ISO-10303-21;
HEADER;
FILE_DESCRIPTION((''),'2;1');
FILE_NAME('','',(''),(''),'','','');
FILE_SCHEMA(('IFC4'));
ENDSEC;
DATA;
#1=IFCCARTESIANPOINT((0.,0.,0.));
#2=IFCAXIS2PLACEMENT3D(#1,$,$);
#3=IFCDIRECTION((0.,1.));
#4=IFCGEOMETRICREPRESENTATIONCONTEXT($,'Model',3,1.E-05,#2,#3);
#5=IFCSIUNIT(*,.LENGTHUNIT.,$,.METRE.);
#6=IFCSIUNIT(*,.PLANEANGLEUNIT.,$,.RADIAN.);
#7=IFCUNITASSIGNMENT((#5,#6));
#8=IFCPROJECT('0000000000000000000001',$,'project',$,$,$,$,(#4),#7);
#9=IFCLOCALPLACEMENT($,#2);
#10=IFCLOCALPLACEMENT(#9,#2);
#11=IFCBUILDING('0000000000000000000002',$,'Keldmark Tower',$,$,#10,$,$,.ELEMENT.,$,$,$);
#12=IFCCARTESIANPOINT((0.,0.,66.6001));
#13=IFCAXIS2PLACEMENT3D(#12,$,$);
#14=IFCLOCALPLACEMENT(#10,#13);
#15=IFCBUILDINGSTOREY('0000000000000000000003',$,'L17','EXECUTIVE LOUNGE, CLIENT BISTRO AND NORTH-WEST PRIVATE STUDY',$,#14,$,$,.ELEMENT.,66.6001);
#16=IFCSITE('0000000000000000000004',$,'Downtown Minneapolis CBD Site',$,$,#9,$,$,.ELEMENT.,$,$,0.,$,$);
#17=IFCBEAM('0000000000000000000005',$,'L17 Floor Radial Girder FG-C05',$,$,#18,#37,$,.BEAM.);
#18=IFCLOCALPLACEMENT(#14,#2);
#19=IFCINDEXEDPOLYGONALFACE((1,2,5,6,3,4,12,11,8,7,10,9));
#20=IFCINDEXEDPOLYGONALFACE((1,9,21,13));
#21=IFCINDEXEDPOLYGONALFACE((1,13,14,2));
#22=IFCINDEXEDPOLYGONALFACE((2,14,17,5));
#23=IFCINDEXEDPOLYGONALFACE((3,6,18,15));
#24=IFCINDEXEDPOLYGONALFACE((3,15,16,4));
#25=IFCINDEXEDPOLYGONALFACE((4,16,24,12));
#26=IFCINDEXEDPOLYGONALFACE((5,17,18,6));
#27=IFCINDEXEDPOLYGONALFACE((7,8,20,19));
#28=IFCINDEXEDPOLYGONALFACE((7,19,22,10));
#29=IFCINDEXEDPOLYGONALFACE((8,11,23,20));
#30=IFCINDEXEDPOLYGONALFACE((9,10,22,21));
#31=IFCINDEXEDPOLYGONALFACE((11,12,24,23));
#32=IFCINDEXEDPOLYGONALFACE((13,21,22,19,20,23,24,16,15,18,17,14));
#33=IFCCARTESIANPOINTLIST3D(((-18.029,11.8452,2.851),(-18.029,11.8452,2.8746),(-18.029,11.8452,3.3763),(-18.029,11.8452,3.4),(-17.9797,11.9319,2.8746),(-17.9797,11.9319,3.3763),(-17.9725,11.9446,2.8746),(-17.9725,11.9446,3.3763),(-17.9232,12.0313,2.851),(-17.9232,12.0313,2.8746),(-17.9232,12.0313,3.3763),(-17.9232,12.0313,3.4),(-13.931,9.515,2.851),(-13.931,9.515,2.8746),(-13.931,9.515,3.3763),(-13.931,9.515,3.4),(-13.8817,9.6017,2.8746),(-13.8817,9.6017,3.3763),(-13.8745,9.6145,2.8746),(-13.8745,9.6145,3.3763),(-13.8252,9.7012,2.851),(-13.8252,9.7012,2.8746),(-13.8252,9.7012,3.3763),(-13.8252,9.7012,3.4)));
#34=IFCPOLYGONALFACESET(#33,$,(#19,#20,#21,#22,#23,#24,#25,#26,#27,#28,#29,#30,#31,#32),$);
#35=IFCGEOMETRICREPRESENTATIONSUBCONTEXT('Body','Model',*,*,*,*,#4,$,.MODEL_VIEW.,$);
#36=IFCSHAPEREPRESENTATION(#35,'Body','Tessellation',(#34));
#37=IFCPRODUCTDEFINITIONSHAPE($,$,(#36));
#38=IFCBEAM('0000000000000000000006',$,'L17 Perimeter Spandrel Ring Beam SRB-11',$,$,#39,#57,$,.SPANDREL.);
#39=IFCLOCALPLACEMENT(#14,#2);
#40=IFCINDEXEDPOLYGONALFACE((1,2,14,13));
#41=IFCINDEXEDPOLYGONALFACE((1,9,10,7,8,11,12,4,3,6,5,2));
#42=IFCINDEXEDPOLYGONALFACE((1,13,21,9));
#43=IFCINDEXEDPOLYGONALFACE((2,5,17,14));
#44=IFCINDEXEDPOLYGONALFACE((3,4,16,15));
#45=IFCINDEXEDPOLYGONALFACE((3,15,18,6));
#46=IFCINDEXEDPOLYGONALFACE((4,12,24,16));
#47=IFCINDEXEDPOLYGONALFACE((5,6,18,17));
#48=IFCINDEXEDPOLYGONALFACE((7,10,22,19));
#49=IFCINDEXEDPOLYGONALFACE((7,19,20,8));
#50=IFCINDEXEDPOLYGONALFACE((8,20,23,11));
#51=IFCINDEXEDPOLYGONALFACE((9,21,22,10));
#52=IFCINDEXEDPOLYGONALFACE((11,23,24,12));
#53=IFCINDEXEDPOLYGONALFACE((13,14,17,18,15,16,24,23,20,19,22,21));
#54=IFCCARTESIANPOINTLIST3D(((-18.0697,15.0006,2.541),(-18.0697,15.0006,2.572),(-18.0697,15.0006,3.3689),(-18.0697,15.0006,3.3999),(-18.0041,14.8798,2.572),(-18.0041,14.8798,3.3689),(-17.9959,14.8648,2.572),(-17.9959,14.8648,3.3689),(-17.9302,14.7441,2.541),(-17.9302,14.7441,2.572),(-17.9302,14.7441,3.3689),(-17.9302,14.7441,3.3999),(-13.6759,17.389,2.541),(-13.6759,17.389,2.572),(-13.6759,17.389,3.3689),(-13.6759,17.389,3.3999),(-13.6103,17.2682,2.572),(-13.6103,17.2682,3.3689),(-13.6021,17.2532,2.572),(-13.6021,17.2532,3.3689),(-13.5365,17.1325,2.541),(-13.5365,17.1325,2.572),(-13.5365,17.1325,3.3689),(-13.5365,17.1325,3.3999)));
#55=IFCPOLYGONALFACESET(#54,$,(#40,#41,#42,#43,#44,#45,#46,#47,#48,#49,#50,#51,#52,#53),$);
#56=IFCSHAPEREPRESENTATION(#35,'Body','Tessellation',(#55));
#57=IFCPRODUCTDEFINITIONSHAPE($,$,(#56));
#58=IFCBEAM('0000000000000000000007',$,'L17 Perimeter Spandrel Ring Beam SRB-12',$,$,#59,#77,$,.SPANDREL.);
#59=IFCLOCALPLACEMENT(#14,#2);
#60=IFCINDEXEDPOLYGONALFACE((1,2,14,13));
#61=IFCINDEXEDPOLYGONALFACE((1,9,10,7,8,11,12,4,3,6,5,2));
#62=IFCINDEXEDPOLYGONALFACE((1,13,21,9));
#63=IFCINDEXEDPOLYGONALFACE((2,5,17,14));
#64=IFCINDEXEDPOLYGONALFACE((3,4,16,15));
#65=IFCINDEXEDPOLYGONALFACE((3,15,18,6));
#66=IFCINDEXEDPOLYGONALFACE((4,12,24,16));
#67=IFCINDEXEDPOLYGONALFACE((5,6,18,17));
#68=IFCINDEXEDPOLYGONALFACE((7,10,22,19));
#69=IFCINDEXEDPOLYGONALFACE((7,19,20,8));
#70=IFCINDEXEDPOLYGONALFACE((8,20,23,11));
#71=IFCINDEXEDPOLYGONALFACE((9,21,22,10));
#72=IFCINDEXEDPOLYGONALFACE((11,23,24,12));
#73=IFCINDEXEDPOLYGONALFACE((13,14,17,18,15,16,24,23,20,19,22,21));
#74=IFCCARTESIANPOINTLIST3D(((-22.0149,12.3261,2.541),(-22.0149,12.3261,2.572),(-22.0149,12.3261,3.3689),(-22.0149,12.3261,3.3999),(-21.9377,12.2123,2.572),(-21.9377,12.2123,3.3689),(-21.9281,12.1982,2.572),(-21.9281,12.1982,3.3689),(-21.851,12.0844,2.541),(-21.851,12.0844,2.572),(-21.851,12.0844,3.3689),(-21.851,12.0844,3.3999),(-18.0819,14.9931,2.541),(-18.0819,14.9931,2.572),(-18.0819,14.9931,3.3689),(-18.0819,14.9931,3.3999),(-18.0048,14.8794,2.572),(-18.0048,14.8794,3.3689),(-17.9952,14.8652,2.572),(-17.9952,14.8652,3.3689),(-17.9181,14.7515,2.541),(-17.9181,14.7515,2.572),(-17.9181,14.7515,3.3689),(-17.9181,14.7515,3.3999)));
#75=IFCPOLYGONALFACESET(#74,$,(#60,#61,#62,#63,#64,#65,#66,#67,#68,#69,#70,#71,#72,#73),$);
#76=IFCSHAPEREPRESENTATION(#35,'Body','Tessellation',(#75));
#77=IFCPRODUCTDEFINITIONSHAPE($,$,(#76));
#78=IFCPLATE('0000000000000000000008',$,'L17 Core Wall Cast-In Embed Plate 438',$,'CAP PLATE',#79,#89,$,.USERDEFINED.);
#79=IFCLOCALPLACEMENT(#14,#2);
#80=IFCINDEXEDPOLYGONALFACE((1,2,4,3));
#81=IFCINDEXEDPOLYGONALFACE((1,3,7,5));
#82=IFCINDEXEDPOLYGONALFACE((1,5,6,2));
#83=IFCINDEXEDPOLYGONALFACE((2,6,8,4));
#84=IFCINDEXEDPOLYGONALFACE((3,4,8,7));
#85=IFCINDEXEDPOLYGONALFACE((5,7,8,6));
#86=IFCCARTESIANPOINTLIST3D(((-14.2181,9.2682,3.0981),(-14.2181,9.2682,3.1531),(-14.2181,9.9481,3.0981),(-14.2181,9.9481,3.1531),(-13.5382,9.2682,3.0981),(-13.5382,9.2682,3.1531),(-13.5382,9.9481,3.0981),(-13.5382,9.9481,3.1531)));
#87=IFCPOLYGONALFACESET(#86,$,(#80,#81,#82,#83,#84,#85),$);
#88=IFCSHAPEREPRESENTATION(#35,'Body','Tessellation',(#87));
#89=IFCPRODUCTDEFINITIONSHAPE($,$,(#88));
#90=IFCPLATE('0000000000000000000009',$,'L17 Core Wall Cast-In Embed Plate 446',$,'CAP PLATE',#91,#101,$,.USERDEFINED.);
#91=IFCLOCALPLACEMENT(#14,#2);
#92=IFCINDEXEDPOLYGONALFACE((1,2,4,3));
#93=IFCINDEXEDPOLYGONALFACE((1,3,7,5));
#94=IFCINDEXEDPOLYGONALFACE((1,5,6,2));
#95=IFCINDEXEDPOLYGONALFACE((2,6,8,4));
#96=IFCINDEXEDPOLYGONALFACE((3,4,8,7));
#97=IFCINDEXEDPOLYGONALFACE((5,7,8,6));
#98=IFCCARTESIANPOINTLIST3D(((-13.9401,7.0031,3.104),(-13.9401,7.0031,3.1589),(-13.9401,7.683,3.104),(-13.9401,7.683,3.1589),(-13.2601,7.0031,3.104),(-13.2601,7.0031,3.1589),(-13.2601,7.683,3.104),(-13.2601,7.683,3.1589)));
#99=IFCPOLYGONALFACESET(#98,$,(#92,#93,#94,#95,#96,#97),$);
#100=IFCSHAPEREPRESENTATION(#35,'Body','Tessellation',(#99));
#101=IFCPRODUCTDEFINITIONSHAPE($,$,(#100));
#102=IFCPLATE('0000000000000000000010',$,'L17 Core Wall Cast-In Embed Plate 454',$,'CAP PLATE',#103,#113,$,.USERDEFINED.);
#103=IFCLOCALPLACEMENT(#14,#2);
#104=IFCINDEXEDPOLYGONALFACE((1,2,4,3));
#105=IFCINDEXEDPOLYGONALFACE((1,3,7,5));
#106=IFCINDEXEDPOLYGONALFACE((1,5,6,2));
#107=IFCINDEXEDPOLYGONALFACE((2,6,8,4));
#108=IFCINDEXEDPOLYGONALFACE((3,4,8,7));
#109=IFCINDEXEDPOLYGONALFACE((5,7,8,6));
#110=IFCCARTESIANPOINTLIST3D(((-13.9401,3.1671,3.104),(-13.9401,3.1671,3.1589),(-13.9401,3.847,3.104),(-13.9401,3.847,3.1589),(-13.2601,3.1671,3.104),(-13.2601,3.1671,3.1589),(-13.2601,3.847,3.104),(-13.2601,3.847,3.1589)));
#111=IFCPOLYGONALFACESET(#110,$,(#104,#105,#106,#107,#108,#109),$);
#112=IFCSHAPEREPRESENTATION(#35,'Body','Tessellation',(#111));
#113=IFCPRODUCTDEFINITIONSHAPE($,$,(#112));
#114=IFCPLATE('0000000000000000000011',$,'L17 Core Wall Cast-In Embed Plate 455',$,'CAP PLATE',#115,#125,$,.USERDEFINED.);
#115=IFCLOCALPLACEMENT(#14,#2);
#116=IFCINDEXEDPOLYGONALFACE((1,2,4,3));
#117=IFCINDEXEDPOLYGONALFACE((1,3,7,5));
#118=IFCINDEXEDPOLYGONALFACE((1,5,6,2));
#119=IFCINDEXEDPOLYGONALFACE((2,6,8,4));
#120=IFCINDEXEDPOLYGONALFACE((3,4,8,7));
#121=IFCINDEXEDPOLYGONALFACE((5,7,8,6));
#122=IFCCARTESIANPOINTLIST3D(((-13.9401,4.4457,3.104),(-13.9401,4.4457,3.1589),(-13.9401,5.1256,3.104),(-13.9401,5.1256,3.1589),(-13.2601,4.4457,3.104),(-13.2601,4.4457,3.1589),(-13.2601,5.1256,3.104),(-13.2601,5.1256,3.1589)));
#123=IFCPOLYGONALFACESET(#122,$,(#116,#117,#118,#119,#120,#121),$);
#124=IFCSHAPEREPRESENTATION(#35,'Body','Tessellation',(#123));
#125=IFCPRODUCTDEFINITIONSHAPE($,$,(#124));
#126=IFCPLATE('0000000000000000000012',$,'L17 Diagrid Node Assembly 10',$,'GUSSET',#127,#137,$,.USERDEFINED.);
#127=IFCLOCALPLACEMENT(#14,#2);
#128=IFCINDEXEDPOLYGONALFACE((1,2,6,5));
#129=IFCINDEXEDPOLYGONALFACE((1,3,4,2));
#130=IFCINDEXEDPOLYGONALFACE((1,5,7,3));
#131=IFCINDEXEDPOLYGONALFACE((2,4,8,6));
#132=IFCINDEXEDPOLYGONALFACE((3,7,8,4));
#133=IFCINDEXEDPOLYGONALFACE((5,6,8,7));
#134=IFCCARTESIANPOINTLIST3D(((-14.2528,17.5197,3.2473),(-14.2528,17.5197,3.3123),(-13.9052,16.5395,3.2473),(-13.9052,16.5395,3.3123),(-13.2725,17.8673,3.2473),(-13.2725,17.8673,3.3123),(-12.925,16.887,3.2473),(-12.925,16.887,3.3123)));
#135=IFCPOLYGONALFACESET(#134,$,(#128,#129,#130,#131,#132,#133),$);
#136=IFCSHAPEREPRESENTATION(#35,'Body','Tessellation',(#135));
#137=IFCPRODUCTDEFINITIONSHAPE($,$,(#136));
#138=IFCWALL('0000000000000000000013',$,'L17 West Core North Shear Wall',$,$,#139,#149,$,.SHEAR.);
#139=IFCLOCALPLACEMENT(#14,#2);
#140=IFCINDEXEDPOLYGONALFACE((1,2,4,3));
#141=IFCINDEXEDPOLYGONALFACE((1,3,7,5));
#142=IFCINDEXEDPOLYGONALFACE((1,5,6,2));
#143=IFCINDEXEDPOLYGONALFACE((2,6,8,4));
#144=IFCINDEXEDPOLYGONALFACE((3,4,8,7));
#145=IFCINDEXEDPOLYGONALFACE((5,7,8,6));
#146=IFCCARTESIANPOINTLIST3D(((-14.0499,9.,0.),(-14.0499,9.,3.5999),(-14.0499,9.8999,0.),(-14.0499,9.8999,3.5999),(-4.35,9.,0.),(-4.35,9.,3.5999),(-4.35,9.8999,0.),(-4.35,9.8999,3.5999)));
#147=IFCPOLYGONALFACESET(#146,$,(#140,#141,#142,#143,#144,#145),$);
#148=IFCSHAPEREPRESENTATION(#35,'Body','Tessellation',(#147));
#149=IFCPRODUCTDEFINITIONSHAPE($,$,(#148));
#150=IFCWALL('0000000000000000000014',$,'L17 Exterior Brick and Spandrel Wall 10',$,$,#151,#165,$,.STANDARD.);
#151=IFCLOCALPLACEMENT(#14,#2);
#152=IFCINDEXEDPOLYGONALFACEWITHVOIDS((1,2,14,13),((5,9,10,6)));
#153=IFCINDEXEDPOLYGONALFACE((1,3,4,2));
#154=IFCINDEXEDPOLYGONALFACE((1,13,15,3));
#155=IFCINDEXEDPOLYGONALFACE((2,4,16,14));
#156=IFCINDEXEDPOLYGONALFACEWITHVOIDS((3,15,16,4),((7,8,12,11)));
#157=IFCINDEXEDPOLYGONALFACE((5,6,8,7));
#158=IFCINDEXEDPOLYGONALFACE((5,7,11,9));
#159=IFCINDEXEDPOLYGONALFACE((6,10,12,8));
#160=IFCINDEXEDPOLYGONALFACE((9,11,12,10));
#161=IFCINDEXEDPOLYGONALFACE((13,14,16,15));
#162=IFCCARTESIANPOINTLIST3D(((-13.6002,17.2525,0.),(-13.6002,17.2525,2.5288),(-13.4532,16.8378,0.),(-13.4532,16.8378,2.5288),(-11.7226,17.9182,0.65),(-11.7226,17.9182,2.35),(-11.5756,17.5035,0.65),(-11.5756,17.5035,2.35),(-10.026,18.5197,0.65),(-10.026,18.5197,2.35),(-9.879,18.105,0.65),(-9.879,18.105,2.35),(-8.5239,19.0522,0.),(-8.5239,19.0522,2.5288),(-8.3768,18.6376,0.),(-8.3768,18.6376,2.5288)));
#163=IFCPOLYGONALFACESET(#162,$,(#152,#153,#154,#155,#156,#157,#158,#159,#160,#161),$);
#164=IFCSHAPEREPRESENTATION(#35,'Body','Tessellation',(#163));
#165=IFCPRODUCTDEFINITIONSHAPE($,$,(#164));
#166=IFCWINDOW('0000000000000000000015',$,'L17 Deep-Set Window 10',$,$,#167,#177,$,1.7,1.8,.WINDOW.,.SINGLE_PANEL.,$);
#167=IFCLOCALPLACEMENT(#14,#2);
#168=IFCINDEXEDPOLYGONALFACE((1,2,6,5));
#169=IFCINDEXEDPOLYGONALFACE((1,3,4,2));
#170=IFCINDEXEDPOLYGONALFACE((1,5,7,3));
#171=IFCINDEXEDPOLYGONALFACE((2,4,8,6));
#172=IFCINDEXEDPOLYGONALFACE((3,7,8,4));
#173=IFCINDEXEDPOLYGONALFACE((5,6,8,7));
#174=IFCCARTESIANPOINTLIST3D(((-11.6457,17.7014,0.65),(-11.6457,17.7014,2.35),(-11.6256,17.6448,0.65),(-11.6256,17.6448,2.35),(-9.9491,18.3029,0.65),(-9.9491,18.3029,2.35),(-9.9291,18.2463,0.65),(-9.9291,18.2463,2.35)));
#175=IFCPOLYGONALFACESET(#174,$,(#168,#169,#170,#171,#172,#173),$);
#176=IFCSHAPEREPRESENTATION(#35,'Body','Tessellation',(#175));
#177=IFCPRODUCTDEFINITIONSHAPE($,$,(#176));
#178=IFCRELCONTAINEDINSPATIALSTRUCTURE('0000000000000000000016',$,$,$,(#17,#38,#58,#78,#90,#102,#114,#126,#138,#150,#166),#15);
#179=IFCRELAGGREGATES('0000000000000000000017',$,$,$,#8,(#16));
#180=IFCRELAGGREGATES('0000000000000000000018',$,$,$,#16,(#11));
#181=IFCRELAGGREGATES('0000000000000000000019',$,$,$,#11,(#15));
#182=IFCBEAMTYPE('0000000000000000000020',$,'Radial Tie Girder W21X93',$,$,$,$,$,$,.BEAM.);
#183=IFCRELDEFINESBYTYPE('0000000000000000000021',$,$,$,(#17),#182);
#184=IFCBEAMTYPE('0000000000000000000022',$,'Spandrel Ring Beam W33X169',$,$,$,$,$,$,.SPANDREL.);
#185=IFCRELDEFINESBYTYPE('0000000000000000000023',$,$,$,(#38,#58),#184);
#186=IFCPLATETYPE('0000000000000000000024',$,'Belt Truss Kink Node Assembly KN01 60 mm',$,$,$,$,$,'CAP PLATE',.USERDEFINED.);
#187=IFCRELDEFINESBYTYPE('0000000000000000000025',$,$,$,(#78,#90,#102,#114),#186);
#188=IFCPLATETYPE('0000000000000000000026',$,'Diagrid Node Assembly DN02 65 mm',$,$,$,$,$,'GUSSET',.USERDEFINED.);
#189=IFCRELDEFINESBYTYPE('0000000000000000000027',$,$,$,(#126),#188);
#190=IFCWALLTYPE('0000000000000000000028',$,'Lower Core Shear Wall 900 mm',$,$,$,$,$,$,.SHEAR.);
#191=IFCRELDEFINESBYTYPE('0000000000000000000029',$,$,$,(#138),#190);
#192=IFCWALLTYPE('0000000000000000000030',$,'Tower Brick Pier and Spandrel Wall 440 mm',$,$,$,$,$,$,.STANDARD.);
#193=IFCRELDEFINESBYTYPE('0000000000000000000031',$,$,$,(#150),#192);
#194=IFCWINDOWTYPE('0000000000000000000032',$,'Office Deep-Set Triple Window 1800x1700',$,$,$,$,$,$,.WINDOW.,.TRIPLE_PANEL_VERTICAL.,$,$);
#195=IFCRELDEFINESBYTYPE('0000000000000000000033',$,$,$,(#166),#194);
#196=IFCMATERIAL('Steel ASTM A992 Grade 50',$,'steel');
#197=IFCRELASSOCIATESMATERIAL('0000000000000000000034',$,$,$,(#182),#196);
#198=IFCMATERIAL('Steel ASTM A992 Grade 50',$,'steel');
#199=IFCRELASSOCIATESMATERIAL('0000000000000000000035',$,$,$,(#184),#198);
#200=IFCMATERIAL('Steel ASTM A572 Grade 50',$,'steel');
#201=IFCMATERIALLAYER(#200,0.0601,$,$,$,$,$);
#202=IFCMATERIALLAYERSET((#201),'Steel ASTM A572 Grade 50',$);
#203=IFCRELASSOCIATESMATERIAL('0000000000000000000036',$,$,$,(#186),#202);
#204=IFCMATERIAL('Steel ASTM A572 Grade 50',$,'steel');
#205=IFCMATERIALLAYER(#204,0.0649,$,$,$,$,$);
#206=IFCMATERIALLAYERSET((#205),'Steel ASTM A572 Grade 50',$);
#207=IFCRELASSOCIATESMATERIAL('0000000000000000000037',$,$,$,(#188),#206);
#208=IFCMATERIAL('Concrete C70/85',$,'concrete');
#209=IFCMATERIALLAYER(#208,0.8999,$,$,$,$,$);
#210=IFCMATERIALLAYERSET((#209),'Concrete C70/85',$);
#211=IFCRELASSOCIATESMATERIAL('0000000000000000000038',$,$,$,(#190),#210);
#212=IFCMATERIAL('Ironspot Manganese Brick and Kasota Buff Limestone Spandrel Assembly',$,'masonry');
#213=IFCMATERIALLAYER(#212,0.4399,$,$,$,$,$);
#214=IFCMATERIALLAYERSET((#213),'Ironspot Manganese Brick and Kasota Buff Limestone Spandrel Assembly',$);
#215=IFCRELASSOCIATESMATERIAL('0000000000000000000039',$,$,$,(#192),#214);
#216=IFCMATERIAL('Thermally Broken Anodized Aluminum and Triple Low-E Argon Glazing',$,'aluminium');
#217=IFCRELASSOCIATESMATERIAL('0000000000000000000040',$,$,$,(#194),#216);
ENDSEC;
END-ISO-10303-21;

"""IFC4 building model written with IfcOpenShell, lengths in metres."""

from ifc_helpers import new_model, si_unit, direction, frame, frame_2d, origin, origin_2d, place, context, subcontext, project, spatial, rectangle, i_section, extrude, material, layer, layer_set, material_profile, profile_set, type_object, element, fill, save


model = new_model("IFC4")

# Units and contexts
model_context = context("Model", 3, precision=1e-05, world=origin(), true_north=direction((0.0, 1.0)))
body_context = subcontext(model_context, "Body", "Model", "MODEL_VIEW")
ifc_project = project(units=[si_unit("LENGTHUNIT", "METRE"), si_unit("PLANEANGLEUNIT", "RADIAN")], contexts=[model_context])

# Site, building, storey
site_placement = place(None, origin())
site = spatial("IfcSite", under=ifc_project, at=site_placement, Name="Downtown Minneapolis CBD Site", CompositionType="ELEMENT", RefElevation=0.0)
building_placement = place(site_placement, origin())
building = spatial("IfcBuilding", under=site, at=building_placement, Name="Keldmark Tower", CompositionType="ELEMENT")
storey_placement = place(building_placement, frame((0.0, 0.0, 66.6001)))
storey = spatial("IfcBuildingStorey", under=building, at=storey_placement, Name="L17", Description="EXECUTIVE LOUNGE, CLIENT BISTRO AND NORTH-WEST PRIVATE STUDY", CompositionType="ELEMENT", Elevation=66.6001)

# Beams
ifc_material_1 = material(Name="Steel ASTM A992 Grade 50", Category="steel")
ifc_material_profile_1 = material_profile(ifc_material_1, i_section(OverallWidth=0.2141, OverallDepth=0.5491, WebThickness=0.0146, FlangeThickness=0.0237, at=origin_2d()), Name="W21X93")
ifc_profile_set_1 = profile_set([ifc_material_profile_1], Name="Steel ASTM A992 Grade 50")
beam_type_1 = type_object("IfcBeamType", Name="Radial Tie Girder W21X93", PredefinedType="BEAM", material=ifc_profile_set_1)
beam_1_placement = place(storey_placement, frame((-17.9761, 11.9382, 3.1255), z_axis=(0.869299, -0.494286, 0.0), x_axis=(0.494286, 0.869299, 0.0)))
element("IfcBeam", 1, at=beam_1_placement, inside=storey, type_object=beam_type_1, Name="L17 Floor Radial Girder FG-C05", PredefinedType="BEAM", context=body_context, shape_type="SweptSolid", body=[
    extrude(i_section(OverallWidth=0.2141, OverallDepth=0.5491, WebThickness=0.0146, FlangeThickness=0.0237, at=origin_2d()), origin(), (0.0, 0.0, 1.0), 4.7141),
])
ifc_material_2 = material(Name="Steel ASTM A992 Grade 50", Category="steel")
ifc_material_profile_2 = material_profile(ifc_material_2, i_section(OverallWidth=0.292, OverallDepth=0.8589, WebThickness=0.0171, FlangeThickness=0.031, at=origin_2d()), Name="W33X169")
ifc_profile_set_2 = profile_set([ifc_material_profile_2], Name="Steel ASTM A992 Grade 50")
beam_type_2 = type_object("IfcBeamType", Name="Spandrel Ring Beam W33X169", PredefinedType="SPANDREL", material=ifc_profile_set_2)
beam_2_placement = place(storey_placement, frame((-13.6062, 17.2607, 2.9705), z_axis=(-0.878583, -0.47759, 0.0), x_axis=(0.47759, -0.878583, 0.0)))
element("IfcBeam", 2, at=beam_2_placement, inside=storey, type_object=beam_type_2, Name="L17 Perimeter Spandrel Ring Beam SRB-11", PredefinedType="SPANDREL", context=body_context, shape_type="SweptSolid", body=[
    extrude(i_section(OverallWidth=0.292, OverallDepth=0.8589, WebThickness=0.0171, FlangeThickness=0.031, at=origin_2d()), origin(), (0.0, 0.0, 1.0), 5.001),
])
beam_3_placement = place(storey_placement, frame((-18.0, 14.8723, 2.9705), z_axis=(-0.827645, -0.561251, 0.0), x_axis=(0.561251, -0.827645, 0.0)))
element("IfcBeam", 3, at=beam_3_placement, inside=storey, type_object=beam_type_2, Name="L17 Perimeter Spandrel Ring Beam SRB-12", PredefinedType="SPANDREL", context=body_context, shape_type="SweptSolid", body=[
    extrude(i_section(OverallWidth=0.292, OverallDepth=0.8589, WebThickness=0.0171, FlangeThickness=0.031, at=origin_2d()), origin(), (0.0, 0.0, 1.0), 4.752),
])

# Plates
ifc_material_3 = material(Name="Steel ASTM A572 Grade 50", Category="steel")
ifc_layer_1 = layer(ifc_material_3, 0.0601)
ifc_layer_set_1 = layer_set([ifc_layer_1], Name="Steel ASTM A572 Grade 50")
plate_type_1 = type_object("IfcPlateType", Name="Belt Truss Kink Node Assembly KN01 60 mm", ElementType="CAP PLATE", PredefinedType="USERDEFINED", material=ifc_layer_set_1)
for number, where, z_axis, x_axis, name in (
    (4, (-13.8782, 9.6082, 3.0981), (0.0, 0.0, 1.0), (1.0, 0.0, 0.0), "L17 Core Wall Cast-In Embed Plate 438"),
    (5, (-13.6001, 7.343, 3.104), (0.0, 0.0, 1.0), (1.0, 0.0, 0.0), "L17 Core Wall Cast-In Embed Plate 446"),
    (6, (-13.6001, 3.5071, 3.104), (0.0, 0.0, 1.0), (1.0, 0.0, 0.0), "L17 Core Wall Cast-In Embed Plate 454"),
    (7, (-13.6001, 4.7856, 3.104), (0.0, 0.0, 1.0), (1.0, 0.0, 0.0), "L17 Core Wall Cast-In Embed Plate 455"),
):
    element("IfcPlate", number, at=place(storey_placement, frame(where, z_axis=z_axis, x_axis=x_axis)), inside=storey, type_object=plate_type_1, Name=name, ObjectType="CAP PLATE", PredefinedType="USERDEFINED", context=body_context, shape_type="SweptSolid", body=[
        extrude(rectangle(XDim=0.6799, YDim=0.6799, at=origin_2d()), origin(), (0.0, 0.0, 1.0), 0.0549),
    ])
ifc_material_4 = material(Name="Steel ASTM A572 Grade 50", Category="steel")
ifc_layer_2 = layer(ifc_material_4, 0.0649)
ifc_layer_set_2 = layer_set([ifc_layer_2], Name="Steel ASTM A572 Grade 50")
plate_type_2 = type_object("IfcPlateType", Name="Diagrid Node Assembly DN02 65 mm", ElementType="GUSSET", PredefinedType="USERDEFINED", material=ifc_layer_set_2)
plate_placement = place(storey_placement, frame((-13.5889, 17.2034, 3.2473), z_axis=(0.0, 0.0, 1.0), x_axis=(-0.942525, -0.334136, 0.0)))
element("IfcPlate", 8, at=plate_placement, inside=storey, type_object=plate_type_2, Name="L17 Diagrid Node Assembly 10", ObjectType="GUSSET", PredefinedType="USERDEFINED", context=body_context, shape_type="SweptSolid", body=[
    extrude(rectangle(XDim=1.04, YDim=1.04, at=origin_2d()), origin(), (0.0, 0.0, 1.0), 0.0649),
])

# Wall
ifc_material_5 = material(Name="Concrete C70/85", Category="concrete")
ifc_layer_3 = layer(ifc_material_5, 0.8999)
ifc_layer_set_3 = layer_set([ifc_layer_3], Name="Concrete C70/85")
wall_type_1 = type_object("IfcWallType", Name="Lower Core Shear Wall 900 mm", PredefinedType="SHEAR", material=ifc_layer_set_3)
wall_1_placement = place(storey_placement, frame((-14.05, 9.45, 0.0), z_axis=(0.0, 0.0, 1.0), x_axis=(1.0, 0.0, 0.0)))
element("IfcWall", 9, at=wall_1_placement, inside=storey, type_object=wall_type_1, Name="L17 West Core North Shear Wall", PredefinedType="SHEAR", context=body_context, shape_type="SweptSolid", body=[
    extrude(rectangle(XDim=9.7, YDim=0.8999, at=frame_2d((4.8501, 0.0))), origin(), (0.0, 0.0, 1.0), 3.5999),
])

# Wall, opening, window
ifc_material_6 = material(Name="Ironspot Manganese Brick and Kasota Buff Limestone Spandrel Assembly", Category="masonry")
ifc_layer_4 = layer(ifc_material_6, 0.4399)
ifc_layer_set_4 = layer_set([ifc_layer_4], Name="Ironspot Manganese Brick and Kasota Buff Limestone Spandrel Assembly")
wall_type_2 = type_object("IfcWallType", Name="Tower Brick Pier and Spandrel Wall 440 mm", PredefinedType="STANDARD", material=ifc_layer_set_4)
wall_2_placement = place(storey_placement, frame((-13.5266, 17.0452, 0.0), z_axis=(0.0, 0.0, 1.0), x_axis=(0.942516, 0.334162, 0.0)))
wall_2 = element("IfcWall", 10, at=wall_2_placement, inside=storey, type_object=wall_type_2, Name="L17 Exterior Brick and Spandrel Wall 10", PredefinedType="STANDARD", context=body_context, shape_type="SweptSolid", body=[
    extrude(rectangle(XDim=5.386, YDim=0.4399, at=frame_2d((2.6929, 0.0))), origin(), (0.0, 0.0, 1.0), 2.5288),
])
opening_1_placement = place(wall_2_placement, frame((1.9922, 0.0, 0.6499)))
opening_1 = element("IfcOpeningElement", 11, at=opening_1_placement, cuts=wall_2, PredefinedType="OPENING", context=body_context, shape_type="SweptSolid", body=[
    extrude(rectangle(XDim=1.8, YDim=1.7, at=frame_2d((0.8999, 0.8501))), frame((0.0, 0.23, 0.0), z_axis=(0.0, -1.0, 0.0), x_axis=(1.0, 0.0, 0.0)), (0.0, 0.0, 1.0), 0.46),
])
ifc_material_7 = material(Name="Thermally Broken Anodized Aluminum and Triple Low-E Argon Glazing", Category="aluminium")
window_type = type_object("IfcWindowType", Name="Office Deep-Set Triple Window 1800x1700", PartitioningType="TRIPLE_PANEL_VERTICAL", PredefinedType="WINDOW", material=ifc_material_7)
window_1_placement = place(opening_1_placement, origin())
window_1 = element("IfcWindow", 12, at=window_1_placement, inside=storey, type_object=window_type, Name="L17 Deep-Set Window 10", OverallHeight=1.7, OverallWidth=1.8, PartitioningType="SINGLE_PANEL", PredefinedType="WINDOW", context=body_context, shape_type="SweptSolid", body=[
    extrude(rectangle(XDim=1.8, YDim=1.7, at=frame_2d((0.8999, 0.8501))), frame((0.0, -0.01, 0.0), z_axis=(0.0, -1.0, 0.0), x_axis=(1.0, 0.0, 0.0)), (0.0, 0.0, 1.0), 0.0601),
])
fill(opening_1, window_1)

save(model, "model.ifc")
